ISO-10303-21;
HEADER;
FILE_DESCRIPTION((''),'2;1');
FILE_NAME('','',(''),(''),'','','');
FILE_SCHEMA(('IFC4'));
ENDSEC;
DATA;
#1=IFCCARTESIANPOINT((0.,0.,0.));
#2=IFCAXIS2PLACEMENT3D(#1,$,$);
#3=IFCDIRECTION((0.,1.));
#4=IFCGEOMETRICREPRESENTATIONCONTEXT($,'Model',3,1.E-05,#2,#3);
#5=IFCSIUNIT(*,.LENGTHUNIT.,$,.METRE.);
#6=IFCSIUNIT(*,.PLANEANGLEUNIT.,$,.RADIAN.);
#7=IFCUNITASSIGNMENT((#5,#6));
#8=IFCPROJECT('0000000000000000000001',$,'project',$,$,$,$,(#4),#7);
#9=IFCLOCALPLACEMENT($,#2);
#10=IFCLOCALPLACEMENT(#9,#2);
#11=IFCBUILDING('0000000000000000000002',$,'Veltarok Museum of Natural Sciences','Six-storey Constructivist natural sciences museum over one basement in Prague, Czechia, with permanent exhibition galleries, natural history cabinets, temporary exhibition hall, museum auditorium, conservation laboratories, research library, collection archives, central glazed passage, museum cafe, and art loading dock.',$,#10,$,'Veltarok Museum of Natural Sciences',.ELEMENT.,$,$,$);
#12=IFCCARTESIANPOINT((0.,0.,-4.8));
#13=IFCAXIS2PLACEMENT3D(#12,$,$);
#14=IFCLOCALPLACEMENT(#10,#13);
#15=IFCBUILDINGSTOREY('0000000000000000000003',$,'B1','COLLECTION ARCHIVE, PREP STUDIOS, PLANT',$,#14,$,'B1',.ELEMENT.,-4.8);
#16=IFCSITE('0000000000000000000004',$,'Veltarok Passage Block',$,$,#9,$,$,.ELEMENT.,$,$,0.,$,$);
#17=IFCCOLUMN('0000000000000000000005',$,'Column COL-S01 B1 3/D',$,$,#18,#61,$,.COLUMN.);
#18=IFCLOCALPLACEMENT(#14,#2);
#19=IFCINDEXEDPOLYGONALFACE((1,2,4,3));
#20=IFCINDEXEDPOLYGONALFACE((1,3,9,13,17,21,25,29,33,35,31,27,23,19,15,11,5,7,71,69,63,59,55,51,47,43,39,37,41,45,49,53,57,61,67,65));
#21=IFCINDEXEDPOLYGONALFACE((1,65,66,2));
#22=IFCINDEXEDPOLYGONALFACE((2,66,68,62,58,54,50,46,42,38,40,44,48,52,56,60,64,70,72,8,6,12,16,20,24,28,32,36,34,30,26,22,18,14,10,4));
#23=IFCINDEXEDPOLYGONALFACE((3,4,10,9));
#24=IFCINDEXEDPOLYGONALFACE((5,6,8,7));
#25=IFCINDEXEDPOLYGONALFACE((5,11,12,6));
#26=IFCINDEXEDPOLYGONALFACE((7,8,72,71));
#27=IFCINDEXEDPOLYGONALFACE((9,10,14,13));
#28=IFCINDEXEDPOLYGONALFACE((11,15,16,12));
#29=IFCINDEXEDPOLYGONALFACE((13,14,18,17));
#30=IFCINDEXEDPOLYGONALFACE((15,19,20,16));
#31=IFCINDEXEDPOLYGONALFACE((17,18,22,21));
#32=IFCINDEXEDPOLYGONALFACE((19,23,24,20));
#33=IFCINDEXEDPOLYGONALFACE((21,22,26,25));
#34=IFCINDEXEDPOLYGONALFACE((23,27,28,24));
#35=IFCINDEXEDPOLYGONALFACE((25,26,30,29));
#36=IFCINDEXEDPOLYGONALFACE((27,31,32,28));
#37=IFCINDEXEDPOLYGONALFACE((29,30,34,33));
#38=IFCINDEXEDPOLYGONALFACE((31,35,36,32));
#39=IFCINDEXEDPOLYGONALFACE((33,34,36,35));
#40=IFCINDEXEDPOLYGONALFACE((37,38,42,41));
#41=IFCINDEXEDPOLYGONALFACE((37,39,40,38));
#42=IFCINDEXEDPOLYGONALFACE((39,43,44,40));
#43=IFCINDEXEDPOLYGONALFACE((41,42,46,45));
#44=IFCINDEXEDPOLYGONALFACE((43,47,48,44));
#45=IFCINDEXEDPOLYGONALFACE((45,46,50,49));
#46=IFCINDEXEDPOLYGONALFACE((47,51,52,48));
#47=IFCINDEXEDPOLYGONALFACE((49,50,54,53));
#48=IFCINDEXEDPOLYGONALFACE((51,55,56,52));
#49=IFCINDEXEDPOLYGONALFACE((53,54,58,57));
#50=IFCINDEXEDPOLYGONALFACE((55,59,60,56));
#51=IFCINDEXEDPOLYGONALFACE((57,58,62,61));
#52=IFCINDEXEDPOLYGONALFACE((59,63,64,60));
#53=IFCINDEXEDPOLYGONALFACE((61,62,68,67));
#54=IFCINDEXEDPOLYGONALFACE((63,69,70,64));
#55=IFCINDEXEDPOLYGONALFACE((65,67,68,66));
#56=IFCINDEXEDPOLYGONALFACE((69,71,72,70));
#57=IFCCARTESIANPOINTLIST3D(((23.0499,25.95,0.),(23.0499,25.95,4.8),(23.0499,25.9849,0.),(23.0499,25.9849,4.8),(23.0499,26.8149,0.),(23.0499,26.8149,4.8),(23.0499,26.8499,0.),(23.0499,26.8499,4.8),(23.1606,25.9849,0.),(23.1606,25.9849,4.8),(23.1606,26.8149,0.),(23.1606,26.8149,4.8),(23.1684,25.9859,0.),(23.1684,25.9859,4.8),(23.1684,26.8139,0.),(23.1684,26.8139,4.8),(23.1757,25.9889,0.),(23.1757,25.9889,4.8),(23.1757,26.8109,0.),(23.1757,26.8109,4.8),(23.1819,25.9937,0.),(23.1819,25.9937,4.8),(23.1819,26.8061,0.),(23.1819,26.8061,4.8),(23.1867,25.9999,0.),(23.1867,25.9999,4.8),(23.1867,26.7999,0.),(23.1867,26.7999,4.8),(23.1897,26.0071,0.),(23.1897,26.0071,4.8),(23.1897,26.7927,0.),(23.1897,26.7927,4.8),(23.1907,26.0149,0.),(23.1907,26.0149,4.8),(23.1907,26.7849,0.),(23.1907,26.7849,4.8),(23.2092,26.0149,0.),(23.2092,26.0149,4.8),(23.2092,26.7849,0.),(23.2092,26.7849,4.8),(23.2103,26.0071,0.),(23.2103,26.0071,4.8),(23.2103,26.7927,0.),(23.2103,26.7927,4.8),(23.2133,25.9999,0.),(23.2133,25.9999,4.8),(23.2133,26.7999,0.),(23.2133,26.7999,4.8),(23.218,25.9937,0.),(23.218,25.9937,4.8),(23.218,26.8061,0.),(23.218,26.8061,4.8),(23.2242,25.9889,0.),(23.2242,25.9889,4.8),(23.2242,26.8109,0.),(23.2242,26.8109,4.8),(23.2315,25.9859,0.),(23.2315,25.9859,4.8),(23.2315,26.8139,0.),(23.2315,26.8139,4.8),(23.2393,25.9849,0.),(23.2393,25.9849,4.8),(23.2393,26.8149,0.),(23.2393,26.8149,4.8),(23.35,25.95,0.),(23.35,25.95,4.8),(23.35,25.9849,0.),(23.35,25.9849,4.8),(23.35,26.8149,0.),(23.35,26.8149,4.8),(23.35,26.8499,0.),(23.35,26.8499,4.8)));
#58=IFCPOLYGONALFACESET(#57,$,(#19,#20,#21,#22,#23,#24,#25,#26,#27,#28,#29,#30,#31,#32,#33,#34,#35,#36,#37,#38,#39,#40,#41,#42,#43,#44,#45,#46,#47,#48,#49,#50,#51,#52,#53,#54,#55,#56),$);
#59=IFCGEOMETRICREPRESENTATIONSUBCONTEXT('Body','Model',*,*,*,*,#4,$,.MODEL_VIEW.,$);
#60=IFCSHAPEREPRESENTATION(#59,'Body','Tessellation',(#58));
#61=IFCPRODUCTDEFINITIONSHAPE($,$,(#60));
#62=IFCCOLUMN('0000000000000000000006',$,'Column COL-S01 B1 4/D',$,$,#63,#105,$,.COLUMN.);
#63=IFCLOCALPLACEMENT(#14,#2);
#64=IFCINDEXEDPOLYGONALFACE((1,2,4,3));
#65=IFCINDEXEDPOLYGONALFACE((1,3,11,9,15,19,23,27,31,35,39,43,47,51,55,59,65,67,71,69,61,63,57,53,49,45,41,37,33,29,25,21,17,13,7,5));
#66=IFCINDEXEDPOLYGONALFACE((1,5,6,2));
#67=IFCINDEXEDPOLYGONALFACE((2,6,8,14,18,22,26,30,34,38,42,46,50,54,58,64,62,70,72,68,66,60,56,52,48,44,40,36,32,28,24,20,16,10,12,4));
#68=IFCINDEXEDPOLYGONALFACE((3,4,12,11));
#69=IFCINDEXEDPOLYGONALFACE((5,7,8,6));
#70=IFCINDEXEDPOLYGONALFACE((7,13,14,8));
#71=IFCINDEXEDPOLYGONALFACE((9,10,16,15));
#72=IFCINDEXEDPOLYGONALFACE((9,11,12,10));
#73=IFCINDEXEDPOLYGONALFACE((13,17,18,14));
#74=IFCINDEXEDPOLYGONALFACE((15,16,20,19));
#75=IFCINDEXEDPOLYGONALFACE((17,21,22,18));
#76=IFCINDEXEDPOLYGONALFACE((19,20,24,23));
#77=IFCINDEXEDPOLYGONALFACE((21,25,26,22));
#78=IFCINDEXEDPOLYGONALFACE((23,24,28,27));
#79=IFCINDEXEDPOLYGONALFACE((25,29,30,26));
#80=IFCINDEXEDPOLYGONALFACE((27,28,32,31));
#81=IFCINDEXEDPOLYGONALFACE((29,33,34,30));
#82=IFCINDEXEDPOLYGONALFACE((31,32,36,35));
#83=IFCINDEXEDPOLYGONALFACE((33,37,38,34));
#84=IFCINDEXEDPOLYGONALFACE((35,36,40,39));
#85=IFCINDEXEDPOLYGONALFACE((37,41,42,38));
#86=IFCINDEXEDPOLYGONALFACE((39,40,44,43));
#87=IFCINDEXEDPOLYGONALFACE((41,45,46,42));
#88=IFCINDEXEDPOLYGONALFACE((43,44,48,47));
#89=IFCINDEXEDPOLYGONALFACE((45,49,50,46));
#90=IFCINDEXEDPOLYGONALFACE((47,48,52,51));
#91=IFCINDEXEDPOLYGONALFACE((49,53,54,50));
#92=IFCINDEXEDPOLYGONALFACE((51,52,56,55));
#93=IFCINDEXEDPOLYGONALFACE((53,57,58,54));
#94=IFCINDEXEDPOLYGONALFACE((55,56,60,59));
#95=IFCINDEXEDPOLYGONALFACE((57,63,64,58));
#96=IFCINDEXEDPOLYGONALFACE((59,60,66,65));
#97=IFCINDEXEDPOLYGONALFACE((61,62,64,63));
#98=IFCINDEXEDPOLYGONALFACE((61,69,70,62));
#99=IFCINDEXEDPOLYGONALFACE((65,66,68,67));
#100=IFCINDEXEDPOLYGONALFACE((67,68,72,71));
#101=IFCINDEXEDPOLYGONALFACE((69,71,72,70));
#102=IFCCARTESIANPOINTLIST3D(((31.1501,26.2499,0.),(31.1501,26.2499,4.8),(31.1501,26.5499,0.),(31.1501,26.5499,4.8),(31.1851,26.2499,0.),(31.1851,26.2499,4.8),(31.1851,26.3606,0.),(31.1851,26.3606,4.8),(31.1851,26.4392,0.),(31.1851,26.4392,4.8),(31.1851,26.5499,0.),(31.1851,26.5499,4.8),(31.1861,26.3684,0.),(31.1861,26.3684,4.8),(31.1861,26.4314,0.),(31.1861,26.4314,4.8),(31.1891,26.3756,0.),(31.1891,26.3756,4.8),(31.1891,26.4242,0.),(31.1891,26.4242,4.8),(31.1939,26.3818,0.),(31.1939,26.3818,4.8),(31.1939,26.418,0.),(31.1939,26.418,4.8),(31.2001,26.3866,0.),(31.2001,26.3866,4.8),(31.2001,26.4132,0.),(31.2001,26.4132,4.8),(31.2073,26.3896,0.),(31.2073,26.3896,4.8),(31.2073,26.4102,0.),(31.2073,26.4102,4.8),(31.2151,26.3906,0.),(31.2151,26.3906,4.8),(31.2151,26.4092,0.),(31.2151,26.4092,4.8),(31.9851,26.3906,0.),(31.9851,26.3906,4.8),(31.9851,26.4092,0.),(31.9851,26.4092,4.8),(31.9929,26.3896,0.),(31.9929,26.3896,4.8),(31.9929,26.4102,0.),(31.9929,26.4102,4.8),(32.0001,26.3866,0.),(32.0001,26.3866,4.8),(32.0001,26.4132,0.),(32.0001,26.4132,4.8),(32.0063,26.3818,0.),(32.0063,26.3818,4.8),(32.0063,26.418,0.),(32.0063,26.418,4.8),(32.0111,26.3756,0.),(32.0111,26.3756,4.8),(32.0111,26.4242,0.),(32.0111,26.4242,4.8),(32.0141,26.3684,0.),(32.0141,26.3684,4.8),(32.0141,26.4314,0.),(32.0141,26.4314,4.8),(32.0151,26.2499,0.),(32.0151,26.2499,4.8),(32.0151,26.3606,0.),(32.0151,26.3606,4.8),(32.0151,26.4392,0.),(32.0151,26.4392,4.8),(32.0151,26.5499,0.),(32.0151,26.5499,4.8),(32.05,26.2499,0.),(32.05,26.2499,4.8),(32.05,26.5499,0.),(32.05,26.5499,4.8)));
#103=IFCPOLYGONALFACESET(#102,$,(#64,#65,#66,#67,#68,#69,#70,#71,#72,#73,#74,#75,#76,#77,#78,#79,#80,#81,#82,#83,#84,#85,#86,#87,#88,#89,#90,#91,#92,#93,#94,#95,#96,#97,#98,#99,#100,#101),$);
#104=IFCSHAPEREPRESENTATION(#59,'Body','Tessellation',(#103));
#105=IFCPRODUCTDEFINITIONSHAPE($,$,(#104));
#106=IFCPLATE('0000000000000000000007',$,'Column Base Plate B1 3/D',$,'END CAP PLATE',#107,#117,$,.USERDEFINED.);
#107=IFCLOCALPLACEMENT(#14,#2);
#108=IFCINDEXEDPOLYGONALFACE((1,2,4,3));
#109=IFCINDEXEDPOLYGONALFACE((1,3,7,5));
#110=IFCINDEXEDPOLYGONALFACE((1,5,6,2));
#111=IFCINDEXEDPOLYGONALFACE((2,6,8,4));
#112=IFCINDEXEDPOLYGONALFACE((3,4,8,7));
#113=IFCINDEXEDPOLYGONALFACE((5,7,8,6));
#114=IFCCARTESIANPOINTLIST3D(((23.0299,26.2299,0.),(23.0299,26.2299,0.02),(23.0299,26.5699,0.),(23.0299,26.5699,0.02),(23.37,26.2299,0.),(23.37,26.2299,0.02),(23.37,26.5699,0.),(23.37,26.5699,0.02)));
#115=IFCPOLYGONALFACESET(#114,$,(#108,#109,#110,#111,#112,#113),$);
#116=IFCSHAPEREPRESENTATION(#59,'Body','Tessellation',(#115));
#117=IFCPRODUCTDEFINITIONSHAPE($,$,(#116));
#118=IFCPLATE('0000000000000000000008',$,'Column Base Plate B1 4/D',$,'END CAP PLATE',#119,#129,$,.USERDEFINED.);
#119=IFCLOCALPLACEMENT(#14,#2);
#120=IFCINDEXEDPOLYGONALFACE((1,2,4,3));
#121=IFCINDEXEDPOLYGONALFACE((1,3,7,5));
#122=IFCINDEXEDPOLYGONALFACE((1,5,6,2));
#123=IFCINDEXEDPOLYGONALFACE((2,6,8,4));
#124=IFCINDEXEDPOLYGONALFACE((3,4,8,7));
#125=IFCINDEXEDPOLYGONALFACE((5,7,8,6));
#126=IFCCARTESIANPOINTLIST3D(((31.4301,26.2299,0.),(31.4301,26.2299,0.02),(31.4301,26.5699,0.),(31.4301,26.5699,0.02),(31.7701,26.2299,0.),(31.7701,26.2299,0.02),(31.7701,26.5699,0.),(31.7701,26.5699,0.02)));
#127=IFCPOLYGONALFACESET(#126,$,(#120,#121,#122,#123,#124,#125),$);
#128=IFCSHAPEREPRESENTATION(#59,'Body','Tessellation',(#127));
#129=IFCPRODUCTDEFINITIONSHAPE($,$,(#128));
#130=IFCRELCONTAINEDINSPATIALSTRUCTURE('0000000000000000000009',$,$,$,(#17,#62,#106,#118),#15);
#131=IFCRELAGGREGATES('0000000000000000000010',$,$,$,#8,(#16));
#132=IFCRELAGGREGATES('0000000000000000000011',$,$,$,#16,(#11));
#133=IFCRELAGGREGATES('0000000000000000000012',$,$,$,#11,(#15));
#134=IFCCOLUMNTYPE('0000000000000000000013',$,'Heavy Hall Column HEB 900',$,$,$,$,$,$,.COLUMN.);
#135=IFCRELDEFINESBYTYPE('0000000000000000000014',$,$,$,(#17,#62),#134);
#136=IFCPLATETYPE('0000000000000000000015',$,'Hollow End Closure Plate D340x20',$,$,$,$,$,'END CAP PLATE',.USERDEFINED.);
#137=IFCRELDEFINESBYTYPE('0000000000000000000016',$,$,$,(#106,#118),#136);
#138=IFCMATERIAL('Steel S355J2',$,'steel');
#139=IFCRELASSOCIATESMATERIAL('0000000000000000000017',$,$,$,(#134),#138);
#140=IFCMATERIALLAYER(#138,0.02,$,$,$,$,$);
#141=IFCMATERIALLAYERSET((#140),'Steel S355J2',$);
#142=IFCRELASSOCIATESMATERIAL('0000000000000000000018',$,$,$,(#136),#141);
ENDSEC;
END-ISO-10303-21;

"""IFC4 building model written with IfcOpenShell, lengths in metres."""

from ifc_helpers import new_model, si_unit, direction, frame, origin, origin_2d, place, context, subcontext, project, spatial, rectangle, i_section, extrude, material, layer, layer_set, material_profile, profile_set, type_object, element, save


model = new_model("IFC4")

# Units and contexts
model_context = context("Model", 3, precision=1e-05, world=origin(), true_north=direction((0.0, 1.0)))
body_context = subcontext(model_context, "Body", "Model", "MODEL_VIEW")
ifc_project = project(units=[si_unit("LENGTHUNIT", "METRE"), si_unit("PLANEANGLEUNIT", "RADIAN")], contexts=[model_context])

# Site, building, storey
site_placement = place(None, origin())
site = spatial("IfcSite", under=ifc_project, at=site_placement, Name="Veltarok Passage Block", CompositionType="ELEMENT", RefElevation=0.0)
building_placement = place(site_placement, origin())
building = spatial("IfcBuilding", under=site, at=building_placement, Name="Veltarok Museum of Natural Sciences", Description="Six-storey Constructivist natural sciences museum over one basement in Prague, Czechia, with permanent exhibition galleries, natural history cabinets, temporary exhibition hall, museum auditorium, conservation laboratories, research library, collection archives, central glazed passage, museum cafe, and art loading dock.", LongName="Veltarok Museum of Natural Sciences", CompositionType="ELEMENT")
storey_placement = place(building_placement, frame((0.0, 0.0, -4.8)))
storey = spatial("IfcBuildingStorey", under=building, at=storey_placement, Name="B1", Description="COLLECTION ARCHIVE, PREP STUDIOS, PLANT", LongName="B1", CompositionType="ELEMENT", Elevation=-4.8)

# Columns
ifc_material_1 = material(Name="Steel S355J2", Category="steel")
ifc_material_profile_1 = material_profile(ifc_material_1, i_section(OverallWidth=0.3, OverallDepth=0.8999, WebThickness=0.0186, FlangeThickness=0.0349, FilletRadius=0.03, at=origin_2d()), Name="HEB 900")
ifc_profile_set_1 = profile_set([ifc_material_profile_1], Name="Steel S355J2")
column_type = type_object("IfcColumnType", Name="Heavy Hall Column HEB 900", PredefinedType="COLUMN", material=ifc_profile_set_1)
for number, where, z_axis, x_axis, name in (
    (1, (23.2, 26.3999, 0.0), (0.0, 0.0, 1.0), (1.0, 0.0, 0.0), "Column COL-S01 B1 3/D"),
    (2, (31.6001, 26.3999, 0.0), (0.0, 0.0, 1.0), (0.0, 1.0, 0.0), "Column COL-S01 B1 4/D"),
):
    element("IfcColumn", number, at=place(storey_placement, frame(where, z_axis=z_axis, x_axis=x_axis)), inside=storey, type_object=column_type, Name=name, PredefinedType="COLUMN", context=body_context, shape_type="SweptSolid", body=[
        extrude(i_section(OverallWidth=0.3, OverallDepth=0.8999, WebThickness=0.0186, FlangeThickness=0.0349, FilletRadius=0.03, at=origin_2d()), origin(), (0.0, 0.0, 1.0), 4.8),
    ])

# Plates
ifc_layer = layer(ifc_material_1, 0.02)
ifc_layer_set = layer_set([ifc_layer], Name="Steel S355J2")
plate_type = type_object("IfcPlateType", Name="Hollow End Closure Plate D340x20", ElementType="END CAP PLATE", PredefinedType="USERDEFINED", material=ifc_layer_set)
for number, where, z_axis, x_axis, name in (
    (3, (23.2, 26.3999, 0.0), (0.0, 0.0, 1.0), (1.0, 0.0, 0.0), "Column Base Plate B1 3/D"),
    (4, (31.6001, 26.3999, 0.0), (0.0, 0.0, 1.0), (1.0, 0.0, 0.0), "Column Base Plate B1 4/D"),
):
    element("IfcPlate", number, at=place(storey_placement, frame(where, z_axis=z_axis, x_axis=x_axis)), inside=storey, type_object=plate_type, Name=name, ObjectType="END CAP PLATE", PredefinedType="USERDEFINED", context=body_context, shape_type="SweptSolid", body=[
        extrude(rectangle(XDim=0.3401, YDim=0.3401, at=origin_2d()), origin(), (0.0, 0.0, 1.0), 0.02),
    ])

save(model, "model.ifc")
